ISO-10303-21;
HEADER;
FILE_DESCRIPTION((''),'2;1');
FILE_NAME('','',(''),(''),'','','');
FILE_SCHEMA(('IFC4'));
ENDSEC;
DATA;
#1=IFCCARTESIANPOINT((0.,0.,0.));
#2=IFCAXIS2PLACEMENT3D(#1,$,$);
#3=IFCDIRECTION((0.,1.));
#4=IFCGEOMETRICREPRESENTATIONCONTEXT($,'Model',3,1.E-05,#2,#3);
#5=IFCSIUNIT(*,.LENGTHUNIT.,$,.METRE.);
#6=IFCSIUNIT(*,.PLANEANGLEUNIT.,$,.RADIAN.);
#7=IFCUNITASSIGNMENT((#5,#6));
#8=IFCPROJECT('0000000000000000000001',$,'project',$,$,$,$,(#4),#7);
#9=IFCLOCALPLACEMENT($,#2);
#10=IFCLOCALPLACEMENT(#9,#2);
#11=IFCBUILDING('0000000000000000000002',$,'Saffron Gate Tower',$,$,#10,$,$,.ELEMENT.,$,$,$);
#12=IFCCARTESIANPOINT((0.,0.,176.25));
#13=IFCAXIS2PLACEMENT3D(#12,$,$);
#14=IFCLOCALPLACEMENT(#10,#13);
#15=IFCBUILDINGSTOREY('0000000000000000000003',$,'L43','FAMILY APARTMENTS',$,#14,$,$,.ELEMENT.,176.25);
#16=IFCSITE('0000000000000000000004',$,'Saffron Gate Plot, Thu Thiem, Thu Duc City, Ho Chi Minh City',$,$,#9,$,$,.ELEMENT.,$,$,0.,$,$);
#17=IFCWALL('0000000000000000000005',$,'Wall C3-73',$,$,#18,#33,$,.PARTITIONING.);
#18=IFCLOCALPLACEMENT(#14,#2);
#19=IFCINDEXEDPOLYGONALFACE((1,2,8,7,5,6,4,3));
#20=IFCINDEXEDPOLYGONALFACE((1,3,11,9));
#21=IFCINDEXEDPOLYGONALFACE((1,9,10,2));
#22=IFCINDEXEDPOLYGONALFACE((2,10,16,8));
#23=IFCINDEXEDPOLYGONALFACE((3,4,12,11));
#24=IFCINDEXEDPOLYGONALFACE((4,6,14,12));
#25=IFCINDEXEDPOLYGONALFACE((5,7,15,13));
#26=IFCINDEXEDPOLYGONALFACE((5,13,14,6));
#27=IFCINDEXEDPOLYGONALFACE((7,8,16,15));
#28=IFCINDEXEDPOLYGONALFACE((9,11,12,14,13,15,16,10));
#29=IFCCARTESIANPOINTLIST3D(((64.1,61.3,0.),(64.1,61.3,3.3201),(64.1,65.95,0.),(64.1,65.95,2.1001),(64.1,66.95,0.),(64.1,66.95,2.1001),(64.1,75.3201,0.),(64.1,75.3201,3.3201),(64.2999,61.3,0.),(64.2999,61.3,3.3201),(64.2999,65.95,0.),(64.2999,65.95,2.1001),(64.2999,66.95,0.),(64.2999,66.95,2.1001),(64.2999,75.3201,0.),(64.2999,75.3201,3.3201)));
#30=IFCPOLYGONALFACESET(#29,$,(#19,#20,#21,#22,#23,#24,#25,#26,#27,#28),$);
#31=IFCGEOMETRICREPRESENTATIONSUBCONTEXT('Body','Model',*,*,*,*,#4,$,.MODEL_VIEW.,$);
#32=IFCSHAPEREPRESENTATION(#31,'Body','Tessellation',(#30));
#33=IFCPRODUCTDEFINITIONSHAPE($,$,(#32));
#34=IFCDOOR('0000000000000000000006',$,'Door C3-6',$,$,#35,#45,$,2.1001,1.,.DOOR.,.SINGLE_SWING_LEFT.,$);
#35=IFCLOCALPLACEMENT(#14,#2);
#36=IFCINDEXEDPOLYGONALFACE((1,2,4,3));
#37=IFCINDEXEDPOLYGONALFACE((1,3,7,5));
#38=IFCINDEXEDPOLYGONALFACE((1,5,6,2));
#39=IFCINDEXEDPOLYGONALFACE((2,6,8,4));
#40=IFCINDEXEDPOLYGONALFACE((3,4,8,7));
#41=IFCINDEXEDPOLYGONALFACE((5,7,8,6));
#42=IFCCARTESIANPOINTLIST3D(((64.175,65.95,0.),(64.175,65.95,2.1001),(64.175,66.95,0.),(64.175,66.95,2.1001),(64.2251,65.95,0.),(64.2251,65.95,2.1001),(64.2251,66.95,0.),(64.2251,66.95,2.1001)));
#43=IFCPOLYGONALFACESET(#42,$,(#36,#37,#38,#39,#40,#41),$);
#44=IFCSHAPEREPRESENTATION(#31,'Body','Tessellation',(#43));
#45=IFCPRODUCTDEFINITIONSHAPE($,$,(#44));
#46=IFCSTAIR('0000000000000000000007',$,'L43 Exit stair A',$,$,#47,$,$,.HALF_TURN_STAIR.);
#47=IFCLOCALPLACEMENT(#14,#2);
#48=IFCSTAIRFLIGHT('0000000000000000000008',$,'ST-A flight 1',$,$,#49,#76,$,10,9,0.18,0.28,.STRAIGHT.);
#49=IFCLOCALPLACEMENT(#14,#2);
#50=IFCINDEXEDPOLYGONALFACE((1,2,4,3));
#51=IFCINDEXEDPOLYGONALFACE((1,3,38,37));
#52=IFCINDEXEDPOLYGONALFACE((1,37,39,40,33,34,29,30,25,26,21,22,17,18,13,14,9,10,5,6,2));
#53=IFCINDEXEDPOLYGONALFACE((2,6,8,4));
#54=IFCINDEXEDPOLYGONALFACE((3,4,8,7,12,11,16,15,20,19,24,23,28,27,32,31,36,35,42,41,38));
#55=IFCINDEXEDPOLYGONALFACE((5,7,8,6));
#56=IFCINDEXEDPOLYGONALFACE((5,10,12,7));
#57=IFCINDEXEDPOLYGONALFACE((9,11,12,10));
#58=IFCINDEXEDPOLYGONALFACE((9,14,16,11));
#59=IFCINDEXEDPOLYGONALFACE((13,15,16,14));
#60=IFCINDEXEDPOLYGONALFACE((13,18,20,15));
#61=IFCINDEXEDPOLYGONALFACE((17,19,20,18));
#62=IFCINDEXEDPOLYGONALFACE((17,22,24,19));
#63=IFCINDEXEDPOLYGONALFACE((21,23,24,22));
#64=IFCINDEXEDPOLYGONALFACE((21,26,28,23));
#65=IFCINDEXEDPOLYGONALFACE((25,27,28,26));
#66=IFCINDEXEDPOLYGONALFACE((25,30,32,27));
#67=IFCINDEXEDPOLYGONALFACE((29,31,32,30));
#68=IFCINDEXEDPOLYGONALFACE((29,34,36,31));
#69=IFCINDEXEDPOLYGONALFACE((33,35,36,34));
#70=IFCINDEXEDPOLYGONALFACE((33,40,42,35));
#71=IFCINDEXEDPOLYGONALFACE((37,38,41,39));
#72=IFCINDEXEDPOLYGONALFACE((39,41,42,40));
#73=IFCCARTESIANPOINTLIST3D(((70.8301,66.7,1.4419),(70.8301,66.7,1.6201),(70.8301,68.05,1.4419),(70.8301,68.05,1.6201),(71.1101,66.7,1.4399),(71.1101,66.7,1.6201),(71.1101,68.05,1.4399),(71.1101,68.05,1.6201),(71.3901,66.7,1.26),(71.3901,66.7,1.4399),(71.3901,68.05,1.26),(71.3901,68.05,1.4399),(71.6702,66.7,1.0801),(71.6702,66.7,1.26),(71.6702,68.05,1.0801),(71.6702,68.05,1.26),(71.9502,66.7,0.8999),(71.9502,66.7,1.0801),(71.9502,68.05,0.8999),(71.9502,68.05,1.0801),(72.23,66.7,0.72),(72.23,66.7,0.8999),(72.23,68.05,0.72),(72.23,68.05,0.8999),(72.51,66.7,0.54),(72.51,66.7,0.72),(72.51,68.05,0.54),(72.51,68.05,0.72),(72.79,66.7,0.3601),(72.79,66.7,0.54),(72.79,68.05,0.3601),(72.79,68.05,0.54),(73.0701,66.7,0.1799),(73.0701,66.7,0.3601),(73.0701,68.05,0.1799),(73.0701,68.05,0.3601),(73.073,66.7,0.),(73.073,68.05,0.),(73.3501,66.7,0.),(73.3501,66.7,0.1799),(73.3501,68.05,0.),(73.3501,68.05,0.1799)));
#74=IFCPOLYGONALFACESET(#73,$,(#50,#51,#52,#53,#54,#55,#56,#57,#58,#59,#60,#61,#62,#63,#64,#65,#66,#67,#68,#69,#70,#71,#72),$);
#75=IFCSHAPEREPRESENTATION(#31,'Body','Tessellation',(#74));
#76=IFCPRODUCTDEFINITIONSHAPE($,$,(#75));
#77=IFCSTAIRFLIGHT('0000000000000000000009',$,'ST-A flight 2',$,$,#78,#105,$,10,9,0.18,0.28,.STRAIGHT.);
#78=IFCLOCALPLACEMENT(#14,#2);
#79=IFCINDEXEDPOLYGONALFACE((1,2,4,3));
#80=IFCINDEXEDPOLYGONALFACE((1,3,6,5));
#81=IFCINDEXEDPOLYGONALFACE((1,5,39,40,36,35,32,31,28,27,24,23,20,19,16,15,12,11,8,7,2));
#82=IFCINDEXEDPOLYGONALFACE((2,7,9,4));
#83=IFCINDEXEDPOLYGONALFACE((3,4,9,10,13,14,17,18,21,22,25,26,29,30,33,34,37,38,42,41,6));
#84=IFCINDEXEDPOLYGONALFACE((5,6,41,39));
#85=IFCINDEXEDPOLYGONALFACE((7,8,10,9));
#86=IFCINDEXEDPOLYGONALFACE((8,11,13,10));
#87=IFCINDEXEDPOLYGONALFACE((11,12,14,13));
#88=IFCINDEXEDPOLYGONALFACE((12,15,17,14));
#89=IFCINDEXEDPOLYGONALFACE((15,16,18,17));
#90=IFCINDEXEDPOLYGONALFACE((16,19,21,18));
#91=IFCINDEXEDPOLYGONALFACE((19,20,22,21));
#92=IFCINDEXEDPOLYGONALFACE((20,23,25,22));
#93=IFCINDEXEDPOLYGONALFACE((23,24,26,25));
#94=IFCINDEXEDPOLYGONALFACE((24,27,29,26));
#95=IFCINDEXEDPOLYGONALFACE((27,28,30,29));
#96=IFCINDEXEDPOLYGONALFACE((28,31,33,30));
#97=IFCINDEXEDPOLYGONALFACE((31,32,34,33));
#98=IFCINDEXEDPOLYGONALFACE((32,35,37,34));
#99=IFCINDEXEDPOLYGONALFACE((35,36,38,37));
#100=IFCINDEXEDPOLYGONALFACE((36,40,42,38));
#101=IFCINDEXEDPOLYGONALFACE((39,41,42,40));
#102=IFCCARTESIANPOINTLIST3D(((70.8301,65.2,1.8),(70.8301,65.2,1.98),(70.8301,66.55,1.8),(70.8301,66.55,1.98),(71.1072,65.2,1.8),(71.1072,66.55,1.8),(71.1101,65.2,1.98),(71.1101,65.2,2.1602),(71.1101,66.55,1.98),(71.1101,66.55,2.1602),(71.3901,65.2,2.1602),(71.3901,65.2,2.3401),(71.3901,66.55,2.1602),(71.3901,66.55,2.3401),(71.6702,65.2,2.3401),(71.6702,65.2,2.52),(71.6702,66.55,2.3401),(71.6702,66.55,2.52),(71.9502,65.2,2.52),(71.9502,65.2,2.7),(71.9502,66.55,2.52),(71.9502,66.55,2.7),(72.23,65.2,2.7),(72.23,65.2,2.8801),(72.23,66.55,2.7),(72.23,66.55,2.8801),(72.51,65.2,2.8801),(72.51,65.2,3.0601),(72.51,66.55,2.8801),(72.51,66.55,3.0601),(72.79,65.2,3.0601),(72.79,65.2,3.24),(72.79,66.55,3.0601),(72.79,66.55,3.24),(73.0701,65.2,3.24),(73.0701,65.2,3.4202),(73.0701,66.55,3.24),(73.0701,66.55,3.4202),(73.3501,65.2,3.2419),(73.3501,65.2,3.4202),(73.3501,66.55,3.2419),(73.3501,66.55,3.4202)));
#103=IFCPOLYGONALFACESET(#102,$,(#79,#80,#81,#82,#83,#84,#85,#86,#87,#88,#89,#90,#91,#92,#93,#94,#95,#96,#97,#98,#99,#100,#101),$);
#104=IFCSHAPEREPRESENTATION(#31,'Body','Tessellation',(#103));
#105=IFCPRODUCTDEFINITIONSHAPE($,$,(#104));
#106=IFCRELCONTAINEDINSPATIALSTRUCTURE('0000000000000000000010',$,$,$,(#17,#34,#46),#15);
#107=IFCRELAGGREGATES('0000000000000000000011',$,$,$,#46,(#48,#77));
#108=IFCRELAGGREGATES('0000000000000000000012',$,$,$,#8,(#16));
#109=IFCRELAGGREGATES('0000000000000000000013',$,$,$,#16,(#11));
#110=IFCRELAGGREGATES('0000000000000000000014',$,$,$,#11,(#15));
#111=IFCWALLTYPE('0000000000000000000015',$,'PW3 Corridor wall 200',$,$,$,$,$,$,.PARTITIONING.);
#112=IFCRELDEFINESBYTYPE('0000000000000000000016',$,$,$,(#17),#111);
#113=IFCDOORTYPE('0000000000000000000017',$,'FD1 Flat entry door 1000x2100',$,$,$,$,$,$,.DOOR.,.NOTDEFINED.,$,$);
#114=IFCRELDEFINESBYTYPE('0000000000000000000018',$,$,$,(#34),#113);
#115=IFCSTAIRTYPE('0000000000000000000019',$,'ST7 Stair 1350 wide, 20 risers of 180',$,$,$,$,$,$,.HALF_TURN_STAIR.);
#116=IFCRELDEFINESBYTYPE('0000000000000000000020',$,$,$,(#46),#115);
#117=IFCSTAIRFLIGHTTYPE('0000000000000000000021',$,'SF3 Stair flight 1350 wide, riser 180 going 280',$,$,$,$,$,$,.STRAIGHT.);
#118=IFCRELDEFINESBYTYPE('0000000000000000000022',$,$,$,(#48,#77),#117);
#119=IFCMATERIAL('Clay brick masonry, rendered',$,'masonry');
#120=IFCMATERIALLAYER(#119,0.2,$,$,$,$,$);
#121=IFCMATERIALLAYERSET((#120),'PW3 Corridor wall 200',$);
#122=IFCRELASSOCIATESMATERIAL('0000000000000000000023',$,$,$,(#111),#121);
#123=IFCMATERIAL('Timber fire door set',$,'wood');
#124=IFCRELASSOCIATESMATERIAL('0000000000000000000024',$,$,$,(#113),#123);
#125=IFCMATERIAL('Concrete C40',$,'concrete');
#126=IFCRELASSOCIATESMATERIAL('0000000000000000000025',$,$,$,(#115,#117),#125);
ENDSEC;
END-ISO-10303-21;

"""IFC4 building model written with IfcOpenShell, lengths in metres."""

from ifc_helpers import new_model, si_unit, direction, frame, frame_2d, origin, place, context, subcontext, project, spatial, polyline, rectangle, outline, extrude, material, layer, layer_set, type_object, element, fill, aggregate, save


model = new_model("IFC4")

# Units and contexts
model_context = context("Model", 3, precision=1e-05, world=origin(), true_north=direction((0.0, 1.0)))
body_context = subcontext(model_context, "Body", "Model", "MODEL_VIEW")
ifc_project = project(units=[si_unit("LENGTHUNIT", "METRE"), si_unit("PLANEANGLEUNIT", "RADIAN")], contexts=[model_context])

# Site, building, storey
site_placement = place(None, origin())
site = spatial("IfcSite", under=ifc_project, at=site_placement, Name="Saffron Gate Plot, Thu Thiem, Thu Duc City, Ho Chi Minh City", CompositionType="ELEMENT", RefElevation=0.0)
building_placement = place(site_placement, origin())
building = spatial("IfcBuilding", under=site, at=building_placement, Name="Saffron Gate Tower", CompositionType="ELEMENT")
storey_placement = place(building_placement, frame((0.0, 0.0, 176.25)))
storey = spatial("IfcBuildingStorey", under=building, at=storey_placement, Name="L43", Description="FAMILY APARTMENTS", CompositionType="ELEMENT", Elevation=176.25)

# Shared definitions
ifc_material_1 = material(Name="Clay brick masonry, rendered", Category="masonry")
ifc_layer_1 = layer(ifc_material_1, 0.2)
ifc_layer_set_1 = layer_set([ifc_layer_1], Name="PW3 Corridor wall 200")
wall_type_1 = type_object("IfcWallType", Name="PW3 Corridor wall 200", PredefinedType="PARTITIONING", material=ifc_layer_set_1)

# Shared definitions
ifc_material_2 = material(Name="Timber fire door set", Category="wood")
door_type_1 = type_object("IfcDoorType", Name="FD1 Flat entry door 1000x2100", OperationType="NOTDEFINED", PredefinedType="DOOR", material=ifc_material_2)

# Wall, opening, door
wall_1_placement = place(storey_placement, frame((64.2, 61.3, 0.0), z_axis=(0.0, 0.0, 1.0), x_axis=(0.0, 1.0, 0.0)))
wall_1 = element("IfcWall", 1, at=wall_1_placement, inside=storey, type_object=wall_type_1, Name="Wall C3-73", PredefinedType="PARTITIONING", context=body_context, shape_type="SweptSolid", body=[
    extrude(rectangle(XDim=14.02, YDim=0.2, at=frame_2d((7.01, 0.0))), origin(), (0.0, 0.0, 1.0), 3.3201),
])
opening_1_placement = place(wall_1_placement, frame((4.6499, 0.0, 0.0)))
opening_1 = element("IfcOpeningElement", 2, at=opening_1_placement, cuts=wall_1, PredefinedType="OPENING", context=body_context, shape_type="SweptSolid", body=[
    extrude(rectangle(XDim=1.0, YDim=2.1001, at=frame_2d((0.5, 1.05))), frame((0.0, 0.1099, 0.0), z_axis=(0.0, -1.0, 0.0), x_axis=(1.0, 0.0, 0.0)), (0.0, 0.0, 1.0), 0.22),
])
door_1_placement = place(opening_1_placement, origin())
door_1 = element("IfcDoor", 3, at=door_1_placement, inside=storey, type_object=door_type_1, Name="Door C3-6", OperationType="SINGLE_SWING_LEFT", OverallHeight=2.1001, OverallWidth=1.0, PredefinedType="DOOR", context=body_context, shape_type="SweptSolid", body=[
    extrude(rectangle(XDim=1.0, YDim=2.1001, at=frame_2d((0.5, 1.05))), frame((0.0, 0.0249, 0.0), z_axis=(0.0, -1.0, 0.0), x_axis=(1.0, 0.0, 0.0)), (0.0, 0.0, 1.0), 0.05),
])
fill(opening_1, door_1)

# Stair, stair flights
ifc_material_3 = material(Name="Concrete C40", Category="concrete")
stair_type = type_object("IfcStairType", Name="ST7 Stair 1350 wide, 20 risers of 180", PredefinedType="HALF_TURN_STAIR", material=ifc_material_3)
stair_placement = place(storey_placement, origin())
stair = element("IfcStair", 4, at=stair_placement, inside=storey, type_object=stair_type, Name="L43 Exit stair A", PredefinedType="HALF_TURN_STAIR")
stair_flight_type = type_object("IfcStairFlightType", Name="SF3 Stair flight 1350 wide, riser 180 going 280", PredefinedType="STRAIGHT", material=ifc_material_3)
stair_flight_1_placement = place(storey_placement, frame((73.3501, 67.375, 0.0), z_axis=(0.0, 0.0, 1.0), x_axis=(-1.0, 0.0, 0.0)))
stair_flight_1 = element("IfcStairFlight", 5, at=stair_flight_1_placement, type_object=stair_flight_type, Name="ST-A flight 1", NumberOfRisers=10, NumberOfTreads=9, PredefinedType="STRAIGHT", RiserHeight=0.18, TreadLength=0.28, context=body_context, shape_type="SweptSolid", body=[
    extrude(outline(polyline([(0.0, 0.0), (0.0, 0.1799), (0.28, 0.1799), (0.28, 0.3601), (0.5601, 0.3601), (0.5601, 0.54), (0.8401, 0.54), (0.8401, 0.72), (1.1201, 0.72), (1.1201, 0.8999), (1.3999, 0.8999), (1.3999, 1.0801), (1.6799, 1.0801), (1.6799, 1.26), (1.96, 1.26), (1.96, 1.4399), (2.24, 1.4399), (2.24, 1.6201), (2.52, 1.6201), (2.52, 1.8), (2.52, 1.4419), (0.2771, 0.0), (0.0, 0.0)])), frame((0.0, 0.675, 0.0), z_axis=(0.0, -1.0, 0.0), x_axis=(1.0, 0.0, 0.0)), (0.0, 0.0, 1.0), 1.3501),
])
stair_flight_2_placement = place(storey_placement, frame((70.8301, 65.875, 1.8), z_axis=(0.0, 0.0, 1.0), x_axis=(1.0, 0.0, 0.0)))
stair_flight_2 = element("IfcStairFlight", 6, at=stair_flight_2_placement, type_object=stair_flight_type, Name="ST-A flight 2", NumberOfRisers=10, NumberOfTreads=9, PredefinedType="STRAIGHT", RiserHeight=0.18, TreadLength=0.28, context=body_context, shape_type="SweptSolid", body=[
    extrude(outline(polyline([(0.0, 0.0), (0.0, 0.1799), (0.28, 0.1799), (0.28, 0.3601), (0.5601, 0.3601), (0.5601, 0.54), (0.8401, 0.54), (0.8401, 0.72), (1.1201, 0.72), (1.1201, 0.8999), (1.3999, 0.8999), (1.3999, 1.0801), (1.6799, 1.0801), (1.6799, 1.26), (1.96, 1.26), (1.96, 1.4399), (2.24, 1.4399), (2.24, 1.6201), (2.52, 1.6201), (2.52, 1.8), (2.52, 1.4419), (0.2771, 0.0), (0.0, 0.0)])), frame((0.0, 0.675, 0.0), z_axis=(0.0, -1.0, 0.0), x_axis=(1.0, 0.0, 0.0)), (0.0, 0.0, 1.0), 1.3501),
])
aggregate(stair, [stair_flight_1, stair_flight_2])

save(model, "model.ifc")
